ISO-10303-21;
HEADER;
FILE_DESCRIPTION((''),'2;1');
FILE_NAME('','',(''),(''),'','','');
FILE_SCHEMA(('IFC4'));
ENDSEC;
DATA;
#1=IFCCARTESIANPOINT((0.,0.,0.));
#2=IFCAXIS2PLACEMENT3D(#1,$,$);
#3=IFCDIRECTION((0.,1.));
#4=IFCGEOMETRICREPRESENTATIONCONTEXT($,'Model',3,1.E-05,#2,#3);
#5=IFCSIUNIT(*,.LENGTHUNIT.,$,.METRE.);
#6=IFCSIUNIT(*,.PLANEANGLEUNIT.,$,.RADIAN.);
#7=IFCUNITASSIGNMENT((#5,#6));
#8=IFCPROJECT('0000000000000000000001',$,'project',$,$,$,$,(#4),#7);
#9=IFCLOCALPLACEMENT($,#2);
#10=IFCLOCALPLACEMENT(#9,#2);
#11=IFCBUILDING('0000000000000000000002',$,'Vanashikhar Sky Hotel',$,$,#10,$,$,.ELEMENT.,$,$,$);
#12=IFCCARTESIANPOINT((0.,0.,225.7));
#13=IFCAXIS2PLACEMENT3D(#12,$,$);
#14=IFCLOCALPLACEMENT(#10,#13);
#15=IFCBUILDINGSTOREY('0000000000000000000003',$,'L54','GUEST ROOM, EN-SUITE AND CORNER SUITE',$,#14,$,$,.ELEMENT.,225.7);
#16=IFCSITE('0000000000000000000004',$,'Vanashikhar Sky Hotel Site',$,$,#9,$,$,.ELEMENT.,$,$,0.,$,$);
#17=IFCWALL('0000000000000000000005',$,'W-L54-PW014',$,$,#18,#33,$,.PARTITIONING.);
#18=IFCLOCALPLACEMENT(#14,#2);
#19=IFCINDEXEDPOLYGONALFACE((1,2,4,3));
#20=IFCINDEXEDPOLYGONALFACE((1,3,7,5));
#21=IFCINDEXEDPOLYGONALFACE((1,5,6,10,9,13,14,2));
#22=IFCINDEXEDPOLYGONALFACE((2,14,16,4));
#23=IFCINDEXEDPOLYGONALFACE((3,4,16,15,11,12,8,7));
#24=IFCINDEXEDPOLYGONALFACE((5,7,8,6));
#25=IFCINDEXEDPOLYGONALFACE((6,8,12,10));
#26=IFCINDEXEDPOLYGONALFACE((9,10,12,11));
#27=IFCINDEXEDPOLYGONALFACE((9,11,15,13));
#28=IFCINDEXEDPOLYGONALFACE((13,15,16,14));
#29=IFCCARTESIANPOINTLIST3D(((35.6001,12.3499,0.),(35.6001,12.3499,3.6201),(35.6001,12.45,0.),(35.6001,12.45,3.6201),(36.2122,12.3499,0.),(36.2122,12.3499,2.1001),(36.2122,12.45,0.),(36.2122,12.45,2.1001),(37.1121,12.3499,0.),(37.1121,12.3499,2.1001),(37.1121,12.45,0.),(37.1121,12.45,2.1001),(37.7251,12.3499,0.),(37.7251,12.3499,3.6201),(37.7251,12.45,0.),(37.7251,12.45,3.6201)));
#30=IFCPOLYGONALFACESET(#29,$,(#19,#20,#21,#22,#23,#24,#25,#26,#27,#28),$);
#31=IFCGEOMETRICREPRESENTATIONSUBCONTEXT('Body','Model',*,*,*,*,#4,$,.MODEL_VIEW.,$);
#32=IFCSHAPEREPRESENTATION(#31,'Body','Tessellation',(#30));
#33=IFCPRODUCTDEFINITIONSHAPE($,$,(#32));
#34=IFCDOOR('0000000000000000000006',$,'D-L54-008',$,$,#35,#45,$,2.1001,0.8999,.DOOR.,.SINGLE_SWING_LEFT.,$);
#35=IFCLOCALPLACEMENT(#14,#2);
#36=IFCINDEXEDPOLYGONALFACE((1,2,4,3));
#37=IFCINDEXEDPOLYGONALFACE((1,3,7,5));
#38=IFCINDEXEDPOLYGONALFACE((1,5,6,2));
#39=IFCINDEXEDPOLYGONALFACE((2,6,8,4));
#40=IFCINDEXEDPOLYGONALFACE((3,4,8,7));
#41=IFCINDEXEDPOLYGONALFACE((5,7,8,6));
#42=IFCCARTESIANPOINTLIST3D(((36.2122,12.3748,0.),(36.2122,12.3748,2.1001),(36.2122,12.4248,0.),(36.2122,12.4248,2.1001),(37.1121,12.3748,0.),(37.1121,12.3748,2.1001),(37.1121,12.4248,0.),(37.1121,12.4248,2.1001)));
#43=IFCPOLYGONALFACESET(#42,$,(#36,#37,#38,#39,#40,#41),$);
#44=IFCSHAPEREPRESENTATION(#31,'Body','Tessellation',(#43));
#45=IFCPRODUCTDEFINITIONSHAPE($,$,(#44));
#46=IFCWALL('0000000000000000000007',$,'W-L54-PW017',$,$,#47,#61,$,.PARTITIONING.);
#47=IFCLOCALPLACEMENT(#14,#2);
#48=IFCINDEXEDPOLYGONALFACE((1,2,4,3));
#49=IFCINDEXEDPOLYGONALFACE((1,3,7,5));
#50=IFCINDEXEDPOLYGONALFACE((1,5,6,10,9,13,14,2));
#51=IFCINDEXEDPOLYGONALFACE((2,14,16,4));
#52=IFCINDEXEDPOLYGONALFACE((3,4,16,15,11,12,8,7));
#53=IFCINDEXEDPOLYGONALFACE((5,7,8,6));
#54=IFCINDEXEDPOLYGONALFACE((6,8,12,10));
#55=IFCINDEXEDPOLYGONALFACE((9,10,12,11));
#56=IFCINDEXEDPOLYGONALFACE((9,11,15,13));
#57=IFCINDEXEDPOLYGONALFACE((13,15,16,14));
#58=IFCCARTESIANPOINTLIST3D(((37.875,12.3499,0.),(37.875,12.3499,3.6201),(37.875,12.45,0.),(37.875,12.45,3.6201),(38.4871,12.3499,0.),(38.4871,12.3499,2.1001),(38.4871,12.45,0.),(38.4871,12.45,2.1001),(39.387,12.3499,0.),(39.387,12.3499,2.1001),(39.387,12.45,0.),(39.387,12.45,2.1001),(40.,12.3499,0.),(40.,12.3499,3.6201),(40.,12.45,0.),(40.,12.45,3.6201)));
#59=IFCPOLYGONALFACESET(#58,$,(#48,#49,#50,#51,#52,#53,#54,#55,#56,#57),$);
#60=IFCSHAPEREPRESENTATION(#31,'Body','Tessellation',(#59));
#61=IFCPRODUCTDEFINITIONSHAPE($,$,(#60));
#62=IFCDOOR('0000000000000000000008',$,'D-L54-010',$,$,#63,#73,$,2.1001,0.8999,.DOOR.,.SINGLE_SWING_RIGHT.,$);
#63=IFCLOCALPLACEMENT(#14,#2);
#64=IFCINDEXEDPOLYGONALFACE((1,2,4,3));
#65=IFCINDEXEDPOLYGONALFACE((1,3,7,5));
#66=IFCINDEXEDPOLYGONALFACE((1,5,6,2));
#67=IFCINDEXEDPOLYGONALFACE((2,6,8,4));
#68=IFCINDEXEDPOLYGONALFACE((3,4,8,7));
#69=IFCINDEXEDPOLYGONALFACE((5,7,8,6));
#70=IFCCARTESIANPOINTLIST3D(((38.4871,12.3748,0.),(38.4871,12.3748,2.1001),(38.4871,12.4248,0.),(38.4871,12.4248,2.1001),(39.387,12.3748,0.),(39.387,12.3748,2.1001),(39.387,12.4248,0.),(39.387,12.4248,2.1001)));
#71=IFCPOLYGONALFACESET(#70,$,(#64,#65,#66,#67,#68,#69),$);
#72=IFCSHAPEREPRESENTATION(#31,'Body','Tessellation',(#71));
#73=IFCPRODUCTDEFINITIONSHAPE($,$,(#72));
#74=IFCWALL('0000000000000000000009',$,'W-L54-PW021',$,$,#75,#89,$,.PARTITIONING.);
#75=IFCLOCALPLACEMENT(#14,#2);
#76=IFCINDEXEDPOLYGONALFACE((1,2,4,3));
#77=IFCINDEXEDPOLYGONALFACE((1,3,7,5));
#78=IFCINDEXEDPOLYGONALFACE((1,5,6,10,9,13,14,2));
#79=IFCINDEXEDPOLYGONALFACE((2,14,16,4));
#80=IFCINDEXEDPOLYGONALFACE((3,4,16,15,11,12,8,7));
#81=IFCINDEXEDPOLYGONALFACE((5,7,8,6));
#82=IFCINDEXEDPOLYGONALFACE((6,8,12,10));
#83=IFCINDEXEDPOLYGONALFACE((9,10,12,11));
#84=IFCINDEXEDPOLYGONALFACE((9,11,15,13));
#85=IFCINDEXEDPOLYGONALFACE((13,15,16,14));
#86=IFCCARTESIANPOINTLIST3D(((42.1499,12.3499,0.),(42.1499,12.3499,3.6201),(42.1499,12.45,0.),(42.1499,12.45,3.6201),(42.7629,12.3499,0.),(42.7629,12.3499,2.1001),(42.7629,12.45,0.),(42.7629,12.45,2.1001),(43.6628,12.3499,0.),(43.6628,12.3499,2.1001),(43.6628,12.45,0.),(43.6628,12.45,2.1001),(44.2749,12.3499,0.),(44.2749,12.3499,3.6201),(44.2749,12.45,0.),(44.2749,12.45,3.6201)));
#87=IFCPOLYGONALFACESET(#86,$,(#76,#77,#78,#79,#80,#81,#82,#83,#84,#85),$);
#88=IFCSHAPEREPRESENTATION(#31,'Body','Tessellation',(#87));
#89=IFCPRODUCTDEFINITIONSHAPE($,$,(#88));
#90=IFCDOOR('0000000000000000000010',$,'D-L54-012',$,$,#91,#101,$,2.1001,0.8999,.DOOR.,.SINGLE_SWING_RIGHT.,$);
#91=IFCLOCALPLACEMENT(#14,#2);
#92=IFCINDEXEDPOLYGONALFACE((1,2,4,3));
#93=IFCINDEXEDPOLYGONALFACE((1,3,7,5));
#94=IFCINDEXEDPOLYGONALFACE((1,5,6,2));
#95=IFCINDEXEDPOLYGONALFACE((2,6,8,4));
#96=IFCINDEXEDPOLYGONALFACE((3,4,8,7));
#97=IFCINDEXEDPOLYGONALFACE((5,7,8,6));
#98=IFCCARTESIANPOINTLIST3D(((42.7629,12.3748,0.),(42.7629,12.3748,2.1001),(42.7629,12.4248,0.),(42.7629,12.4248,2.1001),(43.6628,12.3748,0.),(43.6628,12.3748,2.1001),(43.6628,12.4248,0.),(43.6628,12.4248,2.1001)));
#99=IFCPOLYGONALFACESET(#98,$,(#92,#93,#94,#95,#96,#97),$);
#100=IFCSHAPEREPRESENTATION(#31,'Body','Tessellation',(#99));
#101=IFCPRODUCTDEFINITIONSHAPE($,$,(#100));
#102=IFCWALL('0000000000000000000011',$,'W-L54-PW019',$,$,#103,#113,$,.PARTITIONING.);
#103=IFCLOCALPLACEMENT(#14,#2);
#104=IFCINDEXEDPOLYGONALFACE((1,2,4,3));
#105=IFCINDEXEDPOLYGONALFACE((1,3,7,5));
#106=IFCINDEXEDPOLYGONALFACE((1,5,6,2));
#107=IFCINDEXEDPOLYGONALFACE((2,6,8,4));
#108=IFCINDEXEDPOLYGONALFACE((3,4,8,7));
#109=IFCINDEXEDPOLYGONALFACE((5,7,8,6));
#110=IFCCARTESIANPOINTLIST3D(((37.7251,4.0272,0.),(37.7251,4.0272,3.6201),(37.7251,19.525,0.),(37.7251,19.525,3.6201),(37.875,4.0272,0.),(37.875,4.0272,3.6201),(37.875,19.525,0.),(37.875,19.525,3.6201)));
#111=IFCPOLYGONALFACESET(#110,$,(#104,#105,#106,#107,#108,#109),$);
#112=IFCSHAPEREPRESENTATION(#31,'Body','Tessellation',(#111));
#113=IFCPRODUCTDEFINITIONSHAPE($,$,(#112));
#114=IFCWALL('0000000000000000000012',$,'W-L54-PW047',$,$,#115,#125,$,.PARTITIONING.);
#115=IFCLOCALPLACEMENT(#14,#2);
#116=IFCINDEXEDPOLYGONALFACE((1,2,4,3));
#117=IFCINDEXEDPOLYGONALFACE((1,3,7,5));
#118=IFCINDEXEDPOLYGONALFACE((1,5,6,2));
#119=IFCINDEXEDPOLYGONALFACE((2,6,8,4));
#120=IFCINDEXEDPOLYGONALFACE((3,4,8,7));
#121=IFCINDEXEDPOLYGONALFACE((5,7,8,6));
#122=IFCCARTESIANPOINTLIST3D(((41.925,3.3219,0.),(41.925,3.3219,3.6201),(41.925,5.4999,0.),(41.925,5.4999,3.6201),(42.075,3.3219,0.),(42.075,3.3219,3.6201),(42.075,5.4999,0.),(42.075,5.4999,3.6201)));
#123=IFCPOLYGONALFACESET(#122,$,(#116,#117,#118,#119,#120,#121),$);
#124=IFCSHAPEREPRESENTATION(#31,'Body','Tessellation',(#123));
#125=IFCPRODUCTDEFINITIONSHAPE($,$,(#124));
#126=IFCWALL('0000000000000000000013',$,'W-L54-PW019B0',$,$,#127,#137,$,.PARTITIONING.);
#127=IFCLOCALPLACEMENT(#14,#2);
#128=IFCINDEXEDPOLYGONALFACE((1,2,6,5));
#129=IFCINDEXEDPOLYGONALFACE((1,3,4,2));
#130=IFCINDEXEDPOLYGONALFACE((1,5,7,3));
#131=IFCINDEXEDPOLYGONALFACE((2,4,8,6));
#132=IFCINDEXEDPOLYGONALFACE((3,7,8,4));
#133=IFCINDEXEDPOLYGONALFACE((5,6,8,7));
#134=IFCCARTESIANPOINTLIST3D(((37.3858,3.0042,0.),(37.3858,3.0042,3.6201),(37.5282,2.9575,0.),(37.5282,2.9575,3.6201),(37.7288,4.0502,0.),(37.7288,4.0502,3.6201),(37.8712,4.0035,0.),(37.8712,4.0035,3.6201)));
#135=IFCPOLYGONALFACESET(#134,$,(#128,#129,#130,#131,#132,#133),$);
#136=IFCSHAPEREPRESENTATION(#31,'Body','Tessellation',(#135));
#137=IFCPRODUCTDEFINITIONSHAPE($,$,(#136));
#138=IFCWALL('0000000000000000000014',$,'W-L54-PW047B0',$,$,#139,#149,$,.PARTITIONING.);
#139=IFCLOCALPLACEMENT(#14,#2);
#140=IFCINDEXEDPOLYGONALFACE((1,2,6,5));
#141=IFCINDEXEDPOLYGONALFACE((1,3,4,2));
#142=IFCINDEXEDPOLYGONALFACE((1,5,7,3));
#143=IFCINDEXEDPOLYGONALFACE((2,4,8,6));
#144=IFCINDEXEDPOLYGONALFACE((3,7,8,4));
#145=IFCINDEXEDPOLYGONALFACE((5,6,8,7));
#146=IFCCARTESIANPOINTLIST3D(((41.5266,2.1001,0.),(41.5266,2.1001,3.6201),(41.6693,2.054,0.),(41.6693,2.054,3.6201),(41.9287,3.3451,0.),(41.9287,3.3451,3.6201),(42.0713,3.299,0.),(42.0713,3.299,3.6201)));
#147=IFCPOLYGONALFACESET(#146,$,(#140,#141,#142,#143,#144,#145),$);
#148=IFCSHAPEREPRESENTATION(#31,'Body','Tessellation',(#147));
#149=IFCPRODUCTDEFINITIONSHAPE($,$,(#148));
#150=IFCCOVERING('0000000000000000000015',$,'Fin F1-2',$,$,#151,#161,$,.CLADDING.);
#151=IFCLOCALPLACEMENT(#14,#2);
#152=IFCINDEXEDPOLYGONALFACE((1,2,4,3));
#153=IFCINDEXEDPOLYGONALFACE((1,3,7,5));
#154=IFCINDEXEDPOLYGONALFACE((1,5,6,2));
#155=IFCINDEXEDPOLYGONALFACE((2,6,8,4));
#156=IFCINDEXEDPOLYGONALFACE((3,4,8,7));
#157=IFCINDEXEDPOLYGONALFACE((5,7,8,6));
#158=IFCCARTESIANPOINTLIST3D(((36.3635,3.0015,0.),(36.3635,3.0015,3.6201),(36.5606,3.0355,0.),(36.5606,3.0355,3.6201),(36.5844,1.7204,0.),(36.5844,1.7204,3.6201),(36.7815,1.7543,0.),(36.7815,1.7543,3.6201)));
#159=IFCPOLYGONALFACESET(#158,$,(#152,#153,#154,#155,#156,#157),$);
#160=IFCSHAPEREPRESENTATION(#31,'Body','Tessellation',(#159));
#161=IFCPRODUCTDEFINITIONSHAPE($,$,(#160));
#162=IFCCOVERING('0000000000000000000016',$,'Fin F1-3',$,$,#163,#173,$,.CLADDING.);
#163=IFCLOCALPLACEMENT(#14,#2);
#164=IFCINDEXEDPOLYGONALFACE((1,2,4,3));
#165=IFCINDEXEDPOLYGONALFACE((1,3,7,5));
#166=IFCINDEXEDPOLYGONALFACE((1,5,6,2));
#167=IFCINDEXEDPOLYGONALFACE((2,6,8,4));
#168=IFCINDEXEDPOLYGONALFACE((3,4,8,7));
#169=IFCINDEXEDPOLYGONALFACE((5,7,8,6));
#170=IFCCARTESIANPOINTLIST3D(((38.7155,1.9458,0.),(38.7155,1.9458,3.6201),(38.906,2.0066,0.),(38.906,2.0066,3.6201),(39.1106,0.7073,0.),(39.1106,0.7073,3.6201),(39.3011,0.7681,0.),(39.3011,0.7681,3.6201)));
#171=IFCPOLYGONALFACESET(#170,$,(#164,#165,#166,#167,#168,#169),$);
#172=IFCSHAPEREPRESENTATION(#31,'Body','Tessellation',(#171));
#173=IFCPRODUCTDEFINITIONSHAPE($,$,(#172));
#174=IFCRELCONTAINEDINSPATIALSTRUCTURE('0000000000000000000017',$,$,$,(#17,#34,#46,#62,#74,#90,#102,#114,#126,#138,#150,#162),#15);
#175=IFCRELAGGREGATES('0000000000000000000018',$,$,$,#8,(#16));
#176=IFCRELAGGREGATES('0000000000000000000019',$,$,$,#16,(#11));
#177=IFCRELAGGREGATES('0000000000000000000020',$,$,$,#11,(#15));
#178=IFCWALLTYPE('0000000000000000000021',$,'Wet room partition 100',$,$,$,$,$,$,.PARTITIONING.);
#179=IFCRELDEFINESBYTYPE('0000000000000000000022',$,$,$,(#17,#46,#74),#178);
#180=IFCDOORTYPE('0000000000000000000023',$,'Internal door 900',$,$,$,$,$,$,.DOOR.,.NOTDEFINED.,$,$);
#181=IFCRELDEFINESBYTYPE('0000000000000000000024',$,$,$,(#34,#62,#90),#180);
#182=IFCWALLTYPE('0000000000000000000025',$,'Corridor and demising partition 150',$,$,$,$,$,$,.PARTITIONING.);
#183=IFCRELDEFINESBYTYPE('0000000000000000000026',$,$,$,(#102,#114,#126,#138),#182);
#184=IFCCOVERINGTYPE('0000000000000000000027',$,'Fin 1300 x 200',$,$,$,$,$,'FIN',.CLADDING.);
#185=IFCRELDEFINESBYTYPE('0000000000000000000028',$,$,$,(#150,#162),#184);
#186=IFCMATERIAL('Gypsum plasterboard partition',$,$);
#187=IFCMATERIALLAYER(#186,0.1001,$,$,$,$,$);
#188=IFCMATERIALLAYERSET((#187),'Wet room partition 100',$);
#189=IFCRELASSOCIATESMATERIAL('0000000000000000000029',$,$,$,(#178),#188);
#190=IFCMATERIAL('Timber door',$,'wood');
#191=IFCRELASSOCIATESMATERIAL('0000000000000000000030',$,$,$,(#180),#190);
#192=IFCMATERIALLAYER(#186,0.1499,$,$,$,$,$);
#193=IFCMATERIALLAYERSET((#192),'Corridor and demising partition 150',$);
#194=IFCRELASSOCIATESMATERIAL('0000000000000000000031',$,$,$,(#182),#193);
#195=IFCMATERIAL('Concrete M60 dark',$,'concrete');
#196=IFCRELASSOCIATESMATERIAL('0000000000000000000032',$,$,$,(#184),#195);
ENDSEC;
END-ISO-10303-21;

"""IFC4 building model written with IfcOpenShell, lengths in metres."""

from ifc_helpers import new_model, si_unit, direction, frame, frame_2d, origin, origin_2d, place, context, subcontext, project, spatial, rectangle, extrude, source, transform, mapped, material, layer, layer_set, material_profile, profile_set, type_object, element, fill, save


model = new_model("IFC4")

# Units and contexts
model_context = context("Model", 3, precision=1e-05, world=origin(), true_north=direction((0.0, 1.0)))
body_context = subcontext(model_context, "Body", "Model", "MODEL_VIEW")
ifc_project = project(units=[si_unit("LENGTHUNIT", "METRE"), si_unit("PLANEANGLEUNIT", "RADIAN")], contexts=[model_context])

# Site, building, storey
site_placement = place(None, origin())
site = spatial("IfcSite", under=ifc_project, at=site_placement, Name="Vanashikhar Sky Hotel Site", CompositionType="ELEMENT", RefElevation=0.0)
building_placement = place(site_placement, origin())
building = spatial("IfcBuilding", under=site, at=building_placement, Name="Vanashikhar Sky Hotel", CompositionType="ELEMENT")
storey_placement = place(building_placement, frame((0.0, 0.0, 225.7)))
storey = spatial("IfcBuildingStorey", under=building, at=storey_placement, Name="L54", Description="GUEST ROOM, EN-SUITE AND CORNER SUITE", CompositionType="ELEMENT", Elevation=225.7)

# Shared definitions
ifc_material_1 = material(Name="Gypsum plasterboard partition")
ifc_layer_1 = layer(ifc_material_1, 0.1001)
ifc_layer_set_1 = layer_set([ifc_layer_1], Name="Wet room partition 100")
wall_type_1 = type_object("IfcWallType", Name="Wet room partition 100", PredefinedType="PARTITIONING", material=ifc_layer_set_1)

# Walls, openings, doors
shared_shape_1 = source(origin(), body_context, "Body", "SweptSolid", [
    extrude(rectangle(XDim=2.125, YDim=0.1001, at=frame_2d((1.0625, 0.0))), origin(), (0.0, 0.0, 1.0), 3.6201),
])
wall_1_placement = place(storey_placement, frame((35.6001, 12.3999, 0.0), z_axis=(0.0, 0.0, 1.0), x_axis=(1.0, 0.0, 0.0)))
wall_1 = element("IfcWall", 1, at=wall_1_placement, inside=storey, type_object=wall_type_1, Name="W-L54-PW014", PredefinedType="PARTITIONING", context=body_context, shape_type="MappedRepresentation", body=[
    mapped(shared_shape_1, transform((0.0, 0.0, 0.0), scale=1.0)),
])
shared_shape_2 = source(origin(), body_context, "Body", "SweptSolid", [
    extrude(rectangle(XDim=0.8999, YDim=2.1001, at=frame_2d((0.45, 1.05))), frame((0.0, 0.0601, 0.0), z_axis=(0.0, -1.0, 0.0), x_axis=(1.0, 0.0, 0.0)), (0.0, 0.0, 1.0), 0.1201),
])
opening_1_placement = place(wall_1_placement, frame((0.6121, 0.0, 0.0)))
opening_1 = element("IfcOpeningElement", 2, at=opening_1_placement, cuts=wall_1, PredefinedType="OPENING", context=body_context, shape_type="MappedRepresentation", body=[
    mapped(shared_shape_2, transform((0.0, 0.0, 0.0), scale=1.0)),
])
ifc_material_2 = material(Name="Timber door", Category="wood")
door_type = type_object("IfcDoorType", Name="Internal door 900", OperationType="NOTDEFINED", PredefinedType="DOOR", material=ifc_material_2)
shared_shape_3 = source(origin(), body_context, "Body", "SweptSolid", [
    extrude(rectangle(XDim=0.8999, YDim=2.1001, at=frame_2d((0.45, 1.05))), frame((0.0, 0.0249, 0.0), z_axis=(0.0, -1.0, 0.0), x_axis=(1.0, 0.0, 0.0)), (0.0, 0.0, 1.0), 0.05),
])
door_1_placement = place(opening_1_placement, origin())
door_1 = element("IfcDoor", 3, at=door_1_placement, inside=storey, type_object=door_type, Name="D-L54-008", OperationType="SINGLE_SWING_LEFT", OverallHeight=2.1001, OverallWidth=0.8999, PredefinedType="DOOR", context=body_context, shape_type="MappedRepresentation", body=[
    mapped(shared_shape_3, transform((0.0, 0.0, 0.0), scale=1.0)),
])
fill(opening_1, door_1)
wall_2_placement = place(storey_placement, frame((37.875, 12.3999, 0.0), z_axis=(0.0, 0.0, 1.0), x_axis=(1.0, 0.0, 0.0)))
wall_2 = element("IfcWall", 4, at=wall_2_placement, inside=storey, type_object=wall_type_1, Name="W-L54-PW017", PredefinedType="PARTITIONING", context=body_context, shape_type="MappedRepresentation", body=[
    mapped(shared_shape_1, transform((0.0, 0.0, 0.0), scale=1.0)),
])
opening_2_placement = place(wall_2_placement, frame((0.6121, 0.0, 0.0)))
opening_2 = element("IfcOpeningElement", 5, at=opening_2_placement, cuts=wall_2, PredefinedType="OPENING", context=body_context, shape_type="MappedRepresentation", body=[
    mapped(shared_shape_2, transform((0.0, 0.0, 0.0), scale=1.0)),
])
door_2_placement = place(opening_2_placement, origin())
door_2 = element("IfcDoor", 6, at=door_2_placement, inside=storey, type_object=door_type, Name="D-L54-010", OperationType="SINGLE_SWING_RIGHT", OverallHeight=2.1001, OverallWidth=0.8999, PredefinedType="DOOR", context=body_context, shape_type="MappedRepresentation", body=[
    mapped(shared_shape_3, transform((0.0, 0.0, 0.0), scale=1.0)),
])
fill(opening_2, door_2)
wall_3_placement = place(storey_placement, frame((42.1499, 12.3999, 0.0), z_axis=(0.0, 0.0, 1.0), x_axis=(1.0, 0.0, 0.0)))
wall_3 = element("IfcWall", 7, at=wall_3_placement, inside=storey, type_object=wall_type_1, Name="W-L54-PW021", PredefinedType="PARTITIONING", context=body_context, shape_type="MappedRepresentation", body=[
    mapped(shared_shape_1, transform((0.0, 0.0, 0.0), scale=1.0)),
])
opening_3_placement = place(wall_3_placement, frame((0.613, 0.0, 0.0)))
opening_3 = element("IfcOpeningElement", 8, at=opening_3_placement, cuts=wall_3, PredefinedType="OPENING", context=body_context, shape_type="MappedRepresentation", body=[
    mapped(shared_shape_2, transform((0.0, 0.0, 0.0), scale=1.0)),
])
door_3_placement = place(opening_3_placement, origin())
door_3 = element("IfcDoor", 9, at=door_3_placement, inside=storey, type_object=door_type, Name="D-L54-012", OperationType="SINGLE_SWING_RIGHT", OverallHeight=2.1001, OverallWidth=0.8999, PredefinedType="DOOR", context=body_context, shape_type="MappedRepresentation", body=[
    mapped(shared_shape_3, transform((0.0, 0.0, 0.0), scale=1.0)),
])
fill(opening_3, door_3)

# Walls
ifc_layer_2 = layer(ifc_material_1, 0.1499)
ifc_layer_set_2 = layer_set([ifc_layer_2], Name="Corridor and demising partition 150")
wall_type_2 = type_object("IfcWallType", Name="Corridor and demising partition 150", PredefinedType="PARTITIONING", material=ifc_layer_set_2)
shared_shape_4 = source(origin(), body_context, "Body", "SweptSolid", [
    extrude(rectangle(XDim=15.4978, YDim=0.1499, at=frame_2d((7.749, 0.0))), origin(), (0.0, 0.0, 1.0), 3.6201),
])
wall_4_placement = place(storey_placement, frame((37.8, 4.0271, 0.0), z_axis=(0.0, 0.0, 1.0), x_axis=(0.0, 1.0, 0.0)))
element("IfcWall", 10, at=wall_4_placement, inside=storey, type_object=wall_type_2, Name="W-L54-PW019", PredefinedType="PARTITIONING", context=body_context, shape_type="MappedRepresentation", body=[
    mapped(shared_shape_4, transform((0.0, 0.0, 0.0), scale=1.0)),
])
shared_shape_5 = source(origin(), body_context, "Body", "SweptSolid", [
    extrude(rectangle(XDim=2.178, YDim=0.1499, at=frame_2d((1.0889, 0.0))), origin(), (0.0, 0.0, 1.0), 3.6201),
])
wall_5_placement = place(storey_placement, frame((42.0, 3.322, 0.0), z_axis=(0.0, 0.0, 1.0), x_axis=(0.0, 1.0, 0.0)))
element("IfcWall", 11, at=wall_5_placement, inside=storey, type_object=wall_type_2, Name="W-L54-PW047", PredefinedType="PARTITIONING", context=body_context, shape_type="MappedRepresentation", body=[
    mapped(shared_shape_5, transform((0.0, 0.0, 0.0), scale=1.0)),
])
shared_shape_6 = source(origin(), body_context, "Body", "SweptSolid", [
    extrude(rectangle(XDim=1.1008, YDim=0.1499, at=frame_2d((0.5503, 0.0))), origin(), (0.0, 0.0, 1.0), 3.6201),
])
wall_6_placement = place(storey_placement, frame((37.457, 2.981, 0.0), z_axis=(0.0, 0.0, 1.0), x_axis=(0.311567, 0.950224, 0.0)))
element("IfcWall", 12, at=wall_6_placement, inside=storey, type_object=wall_type_2, Name="W-L54-PW019B0", PredefinedType="PARTITIONING", context=body_context, shape_type="MappedRepresentation", body=[
    mapped(shared_shape_6, transform((0.0, 0.0, 0.0), scale=1.0)),
])
shared_shape_7 = source(origin(), body_context, "Body", "SweptSolid", [
    extrude(rectangle(XDim=1.3083, YDim=0.1499, at=frame_2d((0.6543, 0.0))), origin(), (0.0, 0.0, 1.0), 3.6201),
])
wall_7_placement = place(storey_placement, frame((41.5979, 2.0769, 0.0), z_axis=(0.0, 0.0, 1.0), x_axis=(0.307314, 0.951608, 0.0)))
element("IfcWall", 13, at=wall_7_placement, inside=storey, type_object=wall_type_2, Name="W-L54-PW047B0", PredefinedType="PARTITIONING", context=body_context, shape_type="MappedRepresentation", body=[
    mapped(shared_shape_7, transform((0.0, 0.0, 0.0), scale=1.0)),
])

# Coverings
ifc_material_3 = material(Name="Concrete M60 dark", Category="concrete")
ifc_material_profile = material_profile(ifc_material_3, rectangle(XDim=1.3, YDim=0.2, at=origin_2d()))
ifc_profile_set = profile_set([ifc_material_profile], Name="Fin 1300 x 200")
covering_type = type_object("IfcCoveringType", Name="Fin 1300 x 200", ElementType="FIN", PredefinedType="CLADDING", material=ifc_profile_set)
shared_shape_8 = source(origin(), body_context, "Body", "SweptSolid", [
    extrude(rectangle(XDim=1.3, YDim=0.2, at=origin_2d()), origin(), (0.0, 0.0, 1.0), 3.6201),
])
for number, where, z_axis, x_axis, name in (
    (14, (36.5725, 2.3779, 0.0), (0.0, 0.0, 1.0), (0.1699, -0.985461, 0.0), "Fin F1-2"),
    (15, (39.0083, 1.3569, 0.0), (0.0, 0.0, 1.0), (0.303967, -0.952683, 0.0), "Fin F1-3"),
):
    element("IfcCovering", number, at=place(storey_placement, frame(where, z_axis=z_axis, x_axis=x_axis)), inside=storey, type_object=covering_type, Name=name, PredefinedType="CLADDING", context=body_context, shape_type="MappedRepresentation", body=[
        mapped(shared_shape_8, transform((0.0, 0.0, 0.0), scale=1.0)),
    ])

save(model, "model.ifc")
